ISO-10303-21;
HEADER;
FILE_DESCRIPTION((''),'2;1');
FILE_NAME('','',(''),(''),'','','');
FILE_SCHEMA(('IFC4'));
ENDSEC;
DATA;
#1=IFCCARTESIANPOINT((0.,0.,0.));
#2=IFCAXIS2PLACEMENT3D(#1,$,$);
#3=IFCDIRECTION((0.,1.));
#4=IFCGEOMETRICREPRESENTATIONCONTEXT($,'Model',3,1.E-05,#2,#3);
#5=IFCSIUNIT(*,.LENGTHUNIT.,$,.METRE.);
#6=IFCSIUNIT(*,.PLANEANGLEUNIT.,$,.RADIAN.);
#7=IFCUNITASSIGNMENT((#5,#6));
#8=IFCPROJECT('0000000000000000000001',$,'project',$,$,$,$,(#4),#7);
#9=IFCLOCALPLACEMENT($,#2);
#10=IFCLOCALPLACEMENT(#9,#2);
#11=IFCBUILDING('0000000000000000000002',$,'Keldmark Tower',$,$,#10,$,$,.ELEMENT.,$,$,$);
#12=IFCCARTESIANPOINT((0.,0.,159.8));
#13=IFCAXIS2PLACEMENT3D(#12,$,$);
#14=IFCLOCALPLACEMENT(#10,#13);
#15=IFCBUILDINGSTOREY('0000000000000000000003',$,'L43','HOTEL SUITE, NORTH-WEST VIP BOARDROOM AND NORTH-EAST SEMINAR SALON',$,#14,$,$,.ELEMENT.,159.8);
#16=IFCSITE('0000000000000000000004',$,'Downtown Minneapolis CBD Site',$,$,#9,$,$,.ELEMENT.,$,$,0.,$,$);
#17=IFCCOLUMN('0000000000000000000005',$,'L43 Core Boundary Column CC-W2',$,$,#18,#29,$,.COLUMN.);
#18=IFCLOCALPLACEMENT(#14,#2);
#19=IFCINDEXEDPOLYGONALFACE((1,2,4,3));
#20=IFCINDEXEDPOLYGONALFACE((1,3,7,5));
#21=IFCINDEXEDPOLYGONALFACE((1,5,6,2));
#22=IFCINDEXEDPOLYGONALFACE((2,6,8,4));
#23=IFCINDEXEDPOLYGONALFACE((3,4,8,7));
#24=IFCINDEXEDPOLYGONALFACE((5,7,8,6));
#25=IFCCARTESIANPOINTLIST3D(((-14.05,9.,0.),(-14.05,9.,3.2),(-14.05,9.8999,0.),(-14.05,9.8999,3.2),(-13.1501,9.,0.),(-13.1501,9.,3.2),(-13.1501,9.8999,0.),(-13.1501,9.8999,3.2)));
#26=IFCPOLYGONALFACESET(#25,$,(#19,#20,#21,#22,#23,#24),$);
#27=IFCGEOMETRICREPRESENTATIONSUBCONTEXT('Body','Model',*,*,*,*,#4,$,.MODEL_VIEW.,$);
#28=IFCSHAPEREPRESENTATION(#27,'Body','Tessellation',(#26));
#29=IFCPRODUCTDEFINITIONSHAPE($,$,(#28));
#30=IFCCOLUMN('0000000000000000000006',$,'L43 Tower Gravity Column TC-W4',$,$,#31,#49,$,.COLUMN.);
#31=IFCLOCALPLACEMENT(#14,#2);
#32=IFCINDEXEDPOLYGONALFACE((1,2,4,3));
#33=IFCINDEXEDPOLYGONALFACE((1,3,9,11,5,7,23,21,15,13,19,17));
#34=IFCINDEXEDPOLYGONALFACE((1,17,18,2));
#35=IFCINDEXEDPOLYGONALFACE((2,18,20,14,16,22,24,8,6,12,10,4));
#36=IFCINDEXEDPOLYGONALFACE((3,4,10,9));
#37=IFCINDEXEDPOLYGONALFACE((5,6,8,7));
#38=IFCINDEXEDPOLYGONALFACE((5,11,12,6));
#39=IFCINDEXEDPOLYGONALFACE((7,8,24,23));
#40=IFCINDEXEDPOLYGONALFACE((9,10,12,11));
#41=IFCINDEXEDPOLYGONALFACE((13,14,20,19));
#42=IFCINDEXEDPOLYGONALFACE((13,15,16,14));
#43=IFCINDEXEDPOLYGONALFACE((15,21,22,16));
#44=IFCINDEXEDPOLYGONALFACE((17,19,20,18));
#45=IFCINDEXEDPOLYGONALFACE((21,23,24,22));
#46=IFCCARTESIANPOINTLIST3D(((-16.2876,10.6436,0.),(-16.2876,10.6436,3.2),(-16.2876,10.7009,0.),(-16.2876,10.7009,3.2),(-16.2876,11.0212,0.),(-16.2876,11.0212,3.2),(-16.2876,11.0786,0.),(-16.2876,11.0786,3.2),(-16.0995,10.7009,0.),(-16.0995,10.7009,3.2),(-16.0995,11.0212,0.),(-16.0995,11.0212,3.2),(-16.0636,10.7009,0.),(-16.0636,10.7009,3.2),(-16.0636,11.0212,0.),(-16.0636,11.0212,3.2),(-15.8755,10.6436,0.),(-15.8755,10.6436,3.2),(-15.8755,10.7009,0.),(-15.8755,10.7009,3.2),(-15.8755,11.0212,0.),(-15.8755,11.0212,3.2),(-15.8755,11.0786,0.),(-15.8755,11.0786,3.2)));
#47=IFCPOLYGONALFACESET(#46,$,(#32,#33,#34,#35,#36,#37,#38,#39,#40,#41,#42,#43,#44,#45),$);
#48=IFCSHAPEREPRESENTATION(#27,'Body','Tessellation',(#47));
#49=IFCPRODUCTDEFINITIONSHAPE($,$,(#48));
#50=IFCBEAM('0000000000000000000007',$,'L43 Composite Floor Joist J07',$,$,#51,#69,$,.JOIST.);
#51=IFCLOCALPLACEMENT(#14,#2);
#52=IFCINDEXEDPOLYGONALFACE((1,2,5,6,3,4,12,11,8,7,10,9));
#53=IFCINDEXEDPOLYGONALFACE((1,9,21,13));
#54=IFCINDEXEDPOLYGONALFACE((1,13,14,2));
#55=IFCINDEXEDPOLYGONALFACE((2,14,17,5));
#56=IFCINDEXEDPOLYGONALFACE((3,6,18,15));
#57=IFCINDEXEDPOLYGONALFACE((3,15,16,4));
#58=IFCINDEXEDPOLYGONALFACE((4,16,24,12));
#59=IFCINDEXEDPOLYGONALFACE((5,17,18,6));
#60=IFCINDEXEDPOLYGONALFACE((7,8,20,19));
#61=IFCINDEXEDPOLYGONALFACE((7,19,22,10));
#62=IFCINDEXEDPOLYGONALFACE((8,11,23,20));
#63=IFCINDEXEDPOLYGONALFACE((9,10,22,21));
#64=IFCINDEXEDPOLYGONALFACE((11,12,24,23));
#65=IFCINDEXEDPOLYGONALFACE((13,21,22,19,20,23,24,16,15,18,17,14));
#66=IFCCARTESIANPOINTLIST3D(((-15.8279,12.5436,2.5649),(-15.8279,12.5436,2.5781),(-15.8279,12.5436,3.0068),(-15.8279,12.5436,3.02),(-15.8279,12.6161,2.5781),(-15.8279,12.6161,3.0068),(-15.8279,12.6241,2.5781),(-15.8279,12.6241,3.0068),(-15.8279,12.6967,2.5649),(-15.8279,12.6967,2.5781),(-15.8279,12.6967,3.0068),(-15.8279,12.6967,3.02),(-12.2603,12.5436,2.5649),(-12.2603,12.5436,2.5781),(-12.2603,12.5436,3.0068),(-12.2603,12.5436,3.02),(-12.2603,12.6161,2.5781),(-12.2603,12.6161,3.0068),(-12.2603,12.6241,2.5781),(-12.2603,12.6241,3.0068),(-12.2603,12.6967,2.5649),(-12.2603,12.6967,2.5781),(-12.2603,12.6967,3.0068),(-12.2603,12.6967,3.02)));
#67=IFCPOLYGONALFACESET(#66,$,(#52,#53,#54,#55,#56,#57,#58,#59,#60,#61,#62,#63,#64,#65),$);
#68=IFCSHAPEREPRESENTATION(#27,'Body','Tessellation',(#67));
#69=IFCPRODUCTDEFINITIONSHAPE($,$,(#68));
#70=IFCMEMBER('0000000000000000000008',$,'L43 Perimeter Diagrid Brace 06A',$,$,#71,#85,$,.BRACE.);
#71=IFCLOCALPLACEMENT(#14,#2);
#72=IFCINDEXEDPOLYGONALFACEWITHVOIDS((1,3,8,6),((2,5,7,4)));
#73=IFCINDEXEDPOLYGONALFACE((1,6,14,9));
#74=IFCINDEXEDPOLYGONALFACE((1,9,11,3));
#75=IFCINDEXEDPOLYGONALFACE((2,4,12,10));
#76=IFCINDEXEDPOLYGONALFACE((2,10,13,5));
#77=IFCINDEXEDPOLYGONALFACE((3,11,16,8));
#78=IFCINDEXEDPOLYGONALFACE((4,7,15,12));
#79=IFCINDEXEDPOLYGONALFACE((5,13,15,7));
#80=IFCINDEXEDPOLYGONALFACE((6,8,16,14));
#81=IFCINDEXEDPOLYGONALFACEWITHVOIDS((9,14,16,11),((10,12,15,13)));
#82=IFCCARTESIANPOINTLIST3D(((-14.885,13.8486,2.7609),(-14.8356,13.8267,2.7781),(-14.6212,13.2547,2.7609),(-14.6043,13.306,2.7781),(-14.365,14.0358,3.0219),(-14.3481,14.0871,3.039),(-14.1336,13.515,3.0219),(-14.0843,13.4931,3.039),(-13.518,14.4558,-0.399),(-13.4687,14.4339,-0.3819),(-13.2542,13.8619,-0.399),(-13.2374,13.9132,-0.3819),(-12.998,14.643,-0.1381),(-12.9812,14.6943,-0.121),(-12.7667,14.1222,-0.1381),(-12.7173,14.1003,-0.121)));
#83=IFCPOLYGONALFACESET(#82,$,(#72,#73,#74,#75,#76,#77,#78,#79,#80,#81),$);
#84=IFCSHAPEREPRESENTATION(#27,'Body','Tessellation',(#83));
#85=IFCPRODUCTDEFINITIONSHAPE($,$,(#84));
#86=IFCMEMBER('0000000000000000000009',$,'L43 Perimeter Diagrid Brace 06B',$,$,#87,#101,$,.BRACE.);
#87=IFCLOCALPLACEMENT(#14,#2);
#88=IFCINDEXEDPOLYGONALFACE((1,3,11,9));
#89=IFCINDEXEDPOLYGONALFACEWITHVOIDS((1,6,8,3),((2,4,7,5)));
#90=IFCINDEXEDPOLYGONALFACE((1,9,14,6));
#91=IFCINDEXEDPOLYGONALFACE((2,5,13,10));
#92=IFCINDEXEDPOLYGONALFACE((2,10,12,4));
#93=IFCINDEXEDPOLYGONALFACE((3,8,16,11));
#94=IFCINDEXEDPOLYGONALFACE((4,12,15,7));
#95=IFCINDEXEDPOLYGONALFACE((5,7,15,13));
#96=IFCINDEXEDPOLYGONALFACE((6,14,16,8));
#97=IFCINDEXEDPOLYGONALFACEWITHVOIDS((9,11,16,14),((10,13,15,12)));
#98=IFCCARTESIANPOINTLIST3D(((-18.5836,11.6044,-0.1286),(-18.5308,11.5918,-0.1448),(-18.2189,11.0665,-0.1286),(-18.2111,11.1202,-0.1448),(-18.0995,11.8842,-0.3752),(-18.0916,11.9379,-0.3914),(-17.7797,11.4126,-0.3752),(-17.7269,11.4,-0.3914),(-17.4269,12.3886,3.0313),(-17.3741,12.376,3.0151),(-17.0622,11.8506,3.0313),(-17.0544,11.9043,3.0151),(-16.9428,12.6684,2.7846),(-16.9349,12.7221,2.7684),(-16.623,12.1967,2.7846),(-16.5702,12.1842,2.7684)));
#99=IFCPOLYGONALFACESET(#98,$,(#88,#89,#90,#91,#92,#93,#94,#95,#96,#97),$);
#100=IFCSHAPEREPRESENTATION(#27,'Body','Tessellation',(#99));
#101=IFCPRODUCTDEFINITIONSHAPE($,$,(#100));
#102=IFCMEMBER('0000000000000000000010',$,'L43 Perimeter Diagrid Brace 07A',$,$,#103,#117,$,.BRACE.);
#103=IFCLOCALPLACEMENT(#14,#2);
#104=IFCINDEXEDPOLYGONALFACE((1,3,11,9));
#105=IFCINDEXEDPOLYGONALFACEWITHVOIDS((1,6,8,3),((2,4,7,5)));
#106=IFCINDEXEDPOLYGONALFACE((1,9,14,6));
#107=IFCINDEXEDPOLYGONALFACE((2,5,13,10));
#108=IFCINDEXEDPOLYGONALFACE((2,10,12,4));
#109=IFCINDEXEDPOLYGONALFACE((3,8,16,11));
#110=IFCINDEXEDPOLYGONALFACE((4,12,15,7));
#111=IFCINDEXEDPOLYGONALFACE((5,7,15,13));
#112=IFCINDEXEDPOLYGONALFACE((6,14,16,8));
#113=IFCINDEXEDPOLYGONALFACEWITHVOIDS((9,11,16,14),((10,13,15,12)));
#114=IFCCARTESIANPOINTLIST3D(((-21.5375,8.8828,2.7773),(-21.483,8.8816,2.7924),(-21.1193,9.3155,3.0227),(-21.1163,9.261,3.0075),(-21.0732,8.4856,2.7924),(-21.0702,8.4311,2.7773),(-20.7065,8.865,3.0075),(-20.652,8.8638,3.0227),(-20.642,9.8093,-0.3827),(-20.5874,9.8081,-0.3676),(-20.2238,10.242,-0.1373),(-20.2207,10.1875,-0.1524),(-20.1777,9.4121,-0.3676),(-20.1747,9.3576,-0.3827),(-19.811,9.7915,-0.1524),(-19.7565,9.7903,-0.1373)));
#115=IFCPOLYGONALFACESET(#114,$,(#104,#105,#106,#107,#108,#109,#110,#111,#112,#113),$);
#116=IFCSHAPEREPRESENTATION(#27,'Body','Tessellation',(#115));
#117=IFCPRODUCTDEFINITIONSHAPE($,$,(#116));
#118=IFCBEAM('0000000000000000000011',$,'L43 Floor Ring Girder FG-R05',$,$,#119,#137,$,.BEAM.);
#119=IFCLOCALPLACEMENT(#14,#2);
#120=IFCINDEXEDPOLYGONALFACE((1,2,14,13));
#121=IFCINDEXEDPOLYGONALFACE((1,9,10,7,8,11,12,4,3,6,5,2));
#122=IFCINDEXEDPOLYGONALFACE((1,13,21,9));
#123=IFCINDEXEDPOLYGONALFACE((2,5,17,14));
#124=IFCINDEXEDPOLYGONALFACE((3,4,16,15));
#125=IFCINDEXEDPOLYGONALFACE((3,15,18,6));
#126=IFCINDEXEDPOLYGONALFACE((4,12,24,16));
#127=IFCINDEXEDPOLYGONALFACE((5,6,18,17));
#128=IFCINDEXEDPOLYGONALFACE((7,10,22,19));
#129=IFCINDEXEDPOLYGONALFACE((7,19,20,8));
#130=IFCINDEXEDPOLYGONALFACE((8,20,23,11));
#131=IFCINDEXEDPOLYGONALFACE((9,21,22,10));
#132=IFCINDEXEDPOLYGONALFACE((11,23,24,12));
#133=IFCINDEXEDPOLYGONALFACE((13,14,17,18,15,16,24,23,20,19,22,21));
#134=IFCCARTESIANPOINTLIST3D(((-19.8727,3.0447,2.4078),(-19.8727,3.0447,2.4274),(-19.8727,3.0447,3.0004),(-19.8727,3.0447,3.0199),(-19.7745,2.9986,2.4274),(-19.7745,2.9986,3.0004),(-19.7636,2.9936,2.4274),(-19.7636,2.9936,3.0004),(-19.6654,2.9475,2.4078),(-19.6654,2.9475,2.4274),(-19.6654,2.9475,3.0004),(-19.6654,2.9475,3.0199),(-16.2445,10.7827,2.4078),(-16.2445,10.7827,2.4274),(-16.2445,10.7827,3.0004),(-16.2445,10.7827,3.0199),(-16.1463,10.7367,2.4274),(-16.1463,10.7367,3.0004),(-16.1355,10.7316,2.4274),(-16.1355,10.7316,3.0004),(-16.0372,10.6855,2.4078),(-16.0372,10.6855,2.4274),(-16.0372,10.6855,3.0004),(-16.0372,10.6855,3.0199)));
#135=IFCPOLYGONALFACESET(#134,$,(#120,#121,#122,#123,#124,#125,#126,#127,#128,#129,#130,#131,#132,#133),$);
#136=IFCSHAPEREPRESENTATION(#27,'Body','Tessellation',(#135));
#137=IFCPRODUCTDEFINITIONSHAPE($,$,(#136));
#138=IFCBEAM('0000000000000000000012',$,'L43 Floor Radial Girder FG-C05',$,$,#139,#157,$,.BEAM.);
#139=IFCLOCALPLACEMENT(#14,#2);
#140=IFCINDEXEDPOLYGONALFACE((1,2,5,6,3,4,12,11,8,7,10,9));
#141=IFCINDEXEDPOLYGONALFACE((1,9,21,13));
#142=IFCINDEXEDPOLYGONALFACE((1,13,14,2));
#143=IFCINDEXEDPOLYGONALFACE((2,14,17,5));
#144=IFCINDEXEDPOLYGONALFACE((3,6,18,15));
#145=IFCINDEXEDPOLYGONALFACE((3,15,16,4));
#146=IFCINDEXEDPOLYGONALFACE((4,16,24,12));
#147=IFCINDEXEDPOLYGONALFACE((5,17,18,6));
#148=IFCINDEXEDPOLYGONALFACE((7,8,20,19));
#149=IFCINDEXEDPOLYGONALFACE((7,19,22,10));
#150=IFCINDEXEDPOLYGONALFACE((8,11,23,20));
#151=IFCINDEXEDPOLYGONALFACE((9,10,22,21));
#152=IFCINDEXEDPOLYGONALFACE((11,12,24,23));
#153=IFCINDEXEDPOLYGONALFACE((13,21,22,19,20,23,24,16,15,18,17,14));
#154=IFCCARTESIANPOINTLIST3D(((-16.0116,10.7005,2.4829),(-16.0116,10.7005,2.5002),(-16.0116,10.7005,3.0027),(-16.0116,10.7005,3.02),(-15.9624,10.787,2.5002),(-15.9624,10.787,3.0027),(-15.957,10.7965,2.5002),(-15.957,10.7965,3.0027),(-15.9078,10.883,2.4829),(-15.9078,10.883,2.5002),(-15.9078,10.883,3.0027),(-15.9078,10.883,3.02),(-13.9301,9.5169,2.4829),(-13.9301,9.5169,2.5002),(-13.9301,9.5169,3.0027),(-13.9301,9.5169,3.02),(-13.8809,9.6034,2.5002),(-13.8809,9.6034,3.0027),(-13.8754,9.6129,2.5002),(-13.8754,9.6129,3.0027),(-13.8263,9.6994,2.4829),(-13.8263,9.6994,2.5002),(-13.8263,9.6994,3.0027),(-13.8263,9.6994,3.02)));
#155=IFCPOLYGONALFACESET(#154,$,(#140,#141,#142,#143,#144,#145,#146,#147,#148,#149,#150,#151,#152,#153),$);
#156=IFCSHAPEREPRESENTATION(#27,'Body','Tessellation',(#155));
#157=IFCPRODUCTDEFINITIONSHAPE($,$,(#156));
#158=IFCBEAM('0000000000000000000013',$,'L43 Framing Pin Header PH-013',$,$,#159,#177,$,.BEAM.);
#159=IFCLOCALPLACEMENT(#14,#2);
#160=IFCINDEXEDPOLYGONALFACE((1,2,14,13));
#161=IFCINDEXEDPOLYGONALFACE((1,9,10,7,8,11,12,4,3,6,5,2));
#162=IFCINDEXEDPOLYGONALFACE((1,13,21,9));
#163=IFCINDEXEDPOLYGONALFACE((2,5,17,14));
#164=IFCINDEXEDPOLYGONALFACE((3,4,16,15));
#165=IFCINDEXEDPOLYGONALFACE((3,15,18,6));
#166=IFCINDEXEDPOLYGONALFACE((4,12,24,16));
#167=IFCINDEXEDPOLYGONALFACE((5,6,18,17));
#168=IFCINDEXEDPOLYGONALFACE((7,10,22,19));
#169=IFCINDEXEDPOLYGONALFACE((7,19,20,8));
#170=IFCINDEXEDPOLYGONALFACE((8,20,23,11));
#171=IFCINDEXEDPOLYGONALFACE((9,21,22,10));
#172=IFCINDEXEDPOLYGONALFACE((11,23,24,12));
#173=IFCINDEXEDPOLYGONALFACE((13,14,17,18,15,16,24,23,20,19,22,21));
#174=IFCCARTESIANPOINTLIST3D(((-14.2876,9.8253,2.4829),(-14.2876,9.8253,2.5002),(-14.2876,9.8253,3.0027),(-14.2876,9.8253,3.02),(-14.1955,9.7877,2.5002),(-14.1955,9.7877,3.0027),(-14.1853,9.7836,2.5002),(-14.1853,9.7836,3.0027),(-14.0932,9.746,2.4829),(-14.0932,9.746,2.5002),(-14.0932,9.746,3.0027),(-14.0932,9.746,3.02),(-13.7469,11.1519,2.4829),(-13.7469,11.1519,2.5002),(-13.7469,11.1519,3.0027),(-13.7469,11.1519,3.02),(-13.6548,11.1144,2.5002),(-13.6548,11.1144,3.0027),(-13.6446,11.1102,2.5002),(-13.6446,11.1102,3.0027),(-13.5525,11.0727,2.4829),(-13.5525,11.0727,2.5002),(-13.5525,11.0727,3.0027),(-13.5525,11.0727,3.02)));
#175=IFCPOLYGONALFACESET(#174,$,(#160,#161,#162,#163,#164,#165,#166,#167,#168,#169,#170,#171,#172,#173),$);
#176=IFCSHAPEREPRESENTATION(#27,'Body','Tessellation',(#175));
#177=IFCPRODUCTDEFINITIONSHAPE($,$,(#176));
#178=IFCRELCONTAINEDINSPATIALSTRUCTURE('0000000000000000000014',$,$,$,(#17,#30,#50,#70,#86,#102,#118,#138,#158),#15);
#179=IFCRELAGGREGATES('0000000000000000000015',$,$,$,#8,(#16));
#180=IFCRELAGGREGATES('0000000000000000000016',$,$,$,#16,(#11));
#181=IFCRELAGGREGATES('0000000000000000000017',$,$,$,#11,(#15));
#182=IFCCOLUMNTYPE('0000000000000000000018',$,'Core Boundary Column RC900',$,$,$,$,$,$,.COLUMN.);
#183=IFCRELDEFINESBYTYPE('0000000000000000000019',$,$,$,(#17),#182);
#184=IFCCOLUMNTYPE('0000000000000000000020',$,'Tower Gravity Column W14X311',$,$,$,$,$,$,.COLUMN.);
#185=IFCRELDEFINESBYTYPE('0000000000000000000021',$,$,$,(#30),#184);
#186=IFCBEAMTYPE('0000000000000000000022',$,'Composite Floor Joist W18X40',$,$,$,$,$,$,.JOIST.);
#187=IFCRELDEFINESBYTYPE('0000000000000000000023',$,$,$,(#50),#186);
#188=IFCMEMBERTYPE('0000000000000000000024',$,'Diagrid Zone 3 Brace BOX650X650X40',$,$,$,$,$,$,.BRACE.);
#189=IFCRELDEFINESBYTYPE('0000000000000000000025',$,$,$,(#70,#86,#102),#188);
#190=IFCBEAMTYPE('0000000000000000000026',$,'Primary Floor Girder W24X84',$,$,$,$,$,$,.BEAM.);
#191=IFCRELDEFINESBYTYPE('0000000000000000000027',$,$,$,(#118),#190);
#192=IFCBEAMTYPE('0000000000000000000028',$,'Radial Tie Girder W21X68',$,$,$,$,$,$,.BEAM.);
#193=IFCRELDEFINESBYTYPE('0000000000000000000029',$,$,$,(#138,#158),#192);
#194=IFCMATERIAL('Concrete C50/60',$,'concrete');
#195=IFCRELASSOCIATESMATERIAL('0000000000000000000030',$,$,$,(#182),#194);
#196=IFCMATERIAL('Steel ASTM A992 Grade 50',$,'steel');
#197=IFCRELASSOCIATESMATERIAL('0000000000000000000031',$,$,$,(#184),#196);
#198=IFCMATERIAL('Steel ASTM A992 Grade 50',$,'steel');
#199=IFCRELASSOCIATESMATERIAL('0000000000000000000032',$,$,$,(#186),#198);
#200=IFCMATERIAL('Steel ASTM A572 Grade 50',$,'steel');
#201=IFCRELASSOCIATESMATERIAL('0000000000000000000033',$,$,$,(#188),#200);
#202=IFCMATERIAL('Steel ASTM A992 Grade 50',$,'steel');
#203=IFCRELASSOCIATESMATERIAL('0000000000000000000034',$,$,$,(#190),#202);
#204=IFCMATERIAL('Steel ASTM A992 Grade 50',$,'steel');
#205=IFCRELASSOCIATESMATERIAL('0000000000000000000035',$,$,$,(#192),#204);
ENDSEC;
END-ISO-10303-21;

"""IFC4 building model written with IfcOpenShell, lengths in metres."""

from ifc_helpers import new_model, si_unit, direction, frame, origin, origin_2d, place, context, subcontext, project, spatial, rectangle, hollow_rectangle, i_section, extrude, material, material_profile, profile_set, type_object, element, save


model = new_model("IFC4")

# Units and contexts
model_context = context("Model", 3, precision=1e-05, world=origin(), true_north=direction((0.0, 1.0)))
body_context = subcontext(model_context, "Body", "Model", "MODEL_VIEW")
ifc_project = project(units=[si_unit("LENGTHUNIT", "METRE"), si_unit("PLANEANGLEUNIT", "RADIAN")], contexts=[model_context])

# Site, building, storey
site_placement = place(None, origin())
site = spatial("IfcSite", under=ifc_project, at=site_placement, Name="Downtown Minneapolis CBD Site", CompositionType="ELEMENT", RefElevation=0.0)
building_placement = place(site_placement, origin())
building = spatial("IfcBuilding", under=site, at=building_placement, Name="Keldmark Tower", CompositionType="ELEMENT")
storey_placement = place(building_placement, frame((0.0, 0.0, 159.8)))
storey = spatial("IfcBuildingStorey", under=building, at=storey_placement, Name="L43", Description="HOTEL SUITE, NORTH-WEST VIP BOARDROOM AND NORTH-EAST SEMINAR SALON", CompositionType="ELEMENT", Elevation=159.8)

# Columns
ifc_material_1 = material(Name="Concrete C50/60", Category="concrete")
ifc_material_profile_1 = material_profile(ifc_material_1, rectangle(XDim=0.8999, YDim=0.8999, at=origin_2d()), Name="RC900X900")
ifc_profile_set_1 = profile_set([ifc_material_profile_1], Name="Concrete C50/60")
column_type_1 = type_object("IfcColumnType", Name="Core Boundary Column RC900", PredefinedType="COLUMN", material=ifc_profile_set_1)
column_1_placement = place(storey_placement, frame((-13.6001, 9.45, 0.0), z_axis=(0.0, 0.0, 1.0), x_axis=(1.0, 0.0, 0.0)))
element("IfcColumn", 1, at=column_1_placement, inside=storey, type_object=column_type_1, Name="L43 Core Boundary Column CC-W2", PredefinedType="COLUMN", context=body_context, shape_type="SweptSolid", body=[
    extrude(rectangle(XDim=0.8999, YDim=0.8999, at=origin_2d()), origin(), (0.0, 0.0, 1.0), 3.2),
])
ifc_material_2 = material(Name="Steel ASTM A992 Grade 50", Category="steel")
ifc_material_profile_2 = material_profile(ifc_material_2, i_section(OverallWidth=0.4121, OverallDepth=0.4351, WebThickness=0.0359, FlangeThickness=0.0574, at=origin_2d()), Name="W14X311")
ifc_profile_set_2 = profile_set([ifc_material_profile_2], Name="Steel ASTM A992 Grade 50")
column_type_2 = type_object("IfcColumnType", Name="Tower Gravity Column W14X311", PredefinedType="COLUMN", material=ifc_profile_set_2)
column_2_placement = place(storey_placement, frame((-16.0815, 10.8611, 0.0), z_axis=(0.0, 0.0, 1.0), x_axis=(1.0, 0.0, 0.0)))
element("IfcColumn", 2, at=column_2_placement, inside=storey, type_object=column_type_2, Name="L43 Tower Gravity Column TC-W4", PredefinedType="COLUMN", context=body_context, shape_type="SweptSolid", body=[
    extrude(i_section(OverallWidth=0.4121, OverallDepth=0.4351, WebThickness=0.0359, FlangeThickness=0.0574, at=origin_2d()), origin(), (0.0, 0.0, 1.0), 3.2),
])

# Beam
ifc_material_3 = material(Name="Steel ASTM A992 Grade 50", Category="steel")
ifc_material_profile_3 = material_profile(ifc_material_3, i_section(OverallWidth=0.1531, OverallDepth=0.4551, WebThickness=0.0081, FlangeThickness=0.0132, at=origin_2d()), Name="W18X40")
ifc_profile_set_3 = profile_set([ifc_material_profile_3], Name="Steel ASTM A992 Grade 50")
beam_type_1 = type_object("IfcBeamType", Name="Composite Floor Joist W18X40", PredefinedType="JOIST", material=ifc_profile_set_3)
beam_1_placement = place(storey_placement, frame((-15.8279, 12.6201, 2.7925), z_axis=(1.0, 0.0, 0.0), x_axis=(0.0, 1.0, 0.0)))
element("IfcBeam", 3, at=beam_1_placement, inside=storey, type_object=beam_type_1, Name="L43 Composite Floor Joist J07", PredefinedType="JOIST", context=body_context, shape_type="SweptSolid", body=[
    extrude(i_section(OverallWidth=0.1531, OverallDepth=0.4551, WebThickness=0.0081, FlangeThickness=0.0132, at=origin_2d()), origin(), (0.0, 0.0, 1.0), 3.5676),
])

# Members
ifc_material_4 = material(Name="Steel ASTM A572 Grade 50", Category="steel")
ifc_material_profile_4 = material_profile(ifc_material_4, hollow_rectangle(XDim=0.6499, YDim=0.6499, WallThickness=0.04, at=origin_2d()), Name="BOX650X650X40")
ifc_profile_set_4 = profile_set([ifc_material_profile_4], Name="Steel ASTM A572 Grade 50")
member_type = type_object("IfcMemberType", Name="Diagrid Zone 3 Brace BOX650X650X40", PredefinedType="BRACE", material=ifc_profile_set_4)
member_1_placement = place(storey_placement, frame((-13.1177, 14.2781, -0.26), z_axis=(-0.390998, -0.173676, 0.903857), x_axis=(0.405942, -0.913899, 0.0)))
element("IfcMember", 4, at=member_1_placement, inside=storey, type_object=member_type, Name="L43 Perimeter Diagrid Brace 06A", PredefinedType="BRACE", context=body_context, shape_type="SweptSolid", body=[
    extrude(hollow_rectangle(XDim=0.6499, YDim=0.6499, WallThickness=0.04, at=origin_2d()), origin(), (0.0, 0.0, 1.0), 3.4961),
])
member_2_placement = place(storey_placement, frame((-18.1553, 11.5022, -0.26), z_axis=(0.334787, 0.22696, 0.914553), x_axis=(-0.561134, 0.827725, 0.0)))
element("IfcMember", 5, at=member_2_placement, inside=storey, type_object=member_type, Name="L43 Perimeter Diagrid Brace 06B", PredefinedType="BRACE", context=body_context, shape_type="SweptSolid", body=[
    extrude(hollow_rectangle(XDim=0.6499, YDim=0.6499, WallThickness=0.04, at=origin_2d()), origin(), (0.0, 0.0, 1.0), 3.4551),
])
member_3_placement = place(storey_placement, frame((-20.1992, 9.7998, -0.26), z_axis=(-0.262417, -0.271503, 0.925972), x_axis=(0.719036, -0.694973, 0.0)))
element("IfcMember", 6, at=member_3_placement, inside=storey, type_object=member_type, Name="L43 Perimeter Diagrid Brace 07A", PredefinedType="BRACE", context=body_context, shape_type="SweptSolid", body=[
    extrude(hollow_rectangle(XDim=0.6499, YDim=0.6499, WallThickness=0.04, at=origin_2d()), origin(), (0.0, 0.0, 1.0), 3.4126),
])

# Beams
ifc_material_5 = material(Name="Steel ASTM A992 Grade 50", Category="steel")
ifc_material_profile_5 = material_profile(ifc_material_5, i_section(OverallWidth=0.229, OverallDepth=0.6121, WebThickness=0.012, FlangeThickness=0.0195, at=origin_2d()), Name="W24X84")
ifc_profile_set_5 = profile_set([ifc_material_profile_5], Name="Steel ASTM A992 Grade 50")
beam_type_2 = type_object("IfcBeamType", Name="Primary Floor Girder W24X84", PredefinedType="BEAM", material=ifc_profile_set_5)
beam_2_placement = place(storey_placement, frame((-16.1409, 10.7341, 2.7139), z_axis=(-0.424527, -0.905415, 0.0), x_axis=(0.905415, -0.424527, 0.0)))
element("IfcBeam", 7, at=beam_2_placement, inside=storey, type_object=beam_type_2, Name="L43 Floor Ring Girder FG-R05", PredefinedType="BEAM", context=body_context, shape_type="SweptSolid", body=[
    extrude(i_section(OverallWidth=0.229, OverallDepth=0.6121, WebThickness=0.012, FlangeThickness=0.0195, at=origin_2d()), origin(), (0.0, 0.0, 1.0), 8.5464),
])
ifc_material_6 = material(Name="Steel ASTM A992 Grade 50", Category="steel")
ifc_material_profile_6 = material_profile(ifc_material_6, i_section(OverallWidth=0.21, OverallDepth=0.5371, WebThickness=0.011, FlangeThickness=0.0173, at=origin_2d()), Name="W21X68")
ifc_profile_set_6 = profile_set([ifc_material_profile_6], Name="Steel ASTM A992 Grade 50")
beam_type_3 = type_object("IfcBeamType", Name="Radial Tie Girder W21X68", PredefinedType="BEAM", material=ifc_profile_set_6)
beam_3_placement = place(storey_placement, frame((-15.9597, 10.7917, 2.7515), z_axis=(0.869295, -0.494293, 0.0), x_axis=(0.494293, 0.869295, 0.0)))
element("IfcBeam", 8, at=beam_3_placement, inside=storey, type_object=beam_type_3, Name="L43 Floor Radial Girder FG-C05", PredefinedType="BEAM", context=body_context, shape_type="SweptSolid", body=[
    extrude(i_section(OverallWidth=0.21, OverallDepth=0.5371, WebThickness=0.011, FlangeThickness=0.0173, at=origin_2d()), origin(), (0.0, 0.0, 1.0), 2.3945),
])
beam_4_placement = place(storey_placement, frame((-14.1904, 9.7856, 2.7515), z_axis=(0.377465, 0.926024, 0.0), x_axis=(-0.926024, 0.377465, 0.0)))
element("IfcBeam", 9, at=beam_4_placement, inside=storey, type_object=beam_type_3, Name="L43 Framing Pin Header PH-013", PredefinedType="BEAM", context=body_context, shape_type="SweptSolid", body=[
    extrude(i_section(OverallWidth=0.21, OverallDepth=0.5371, WebThickness=0.011, FlangeThickness=0.0173, at=origin_2d()), origin(), (0.0, 0.0, 1.0), 1.4326),
])

save(model, "model.ifc")
